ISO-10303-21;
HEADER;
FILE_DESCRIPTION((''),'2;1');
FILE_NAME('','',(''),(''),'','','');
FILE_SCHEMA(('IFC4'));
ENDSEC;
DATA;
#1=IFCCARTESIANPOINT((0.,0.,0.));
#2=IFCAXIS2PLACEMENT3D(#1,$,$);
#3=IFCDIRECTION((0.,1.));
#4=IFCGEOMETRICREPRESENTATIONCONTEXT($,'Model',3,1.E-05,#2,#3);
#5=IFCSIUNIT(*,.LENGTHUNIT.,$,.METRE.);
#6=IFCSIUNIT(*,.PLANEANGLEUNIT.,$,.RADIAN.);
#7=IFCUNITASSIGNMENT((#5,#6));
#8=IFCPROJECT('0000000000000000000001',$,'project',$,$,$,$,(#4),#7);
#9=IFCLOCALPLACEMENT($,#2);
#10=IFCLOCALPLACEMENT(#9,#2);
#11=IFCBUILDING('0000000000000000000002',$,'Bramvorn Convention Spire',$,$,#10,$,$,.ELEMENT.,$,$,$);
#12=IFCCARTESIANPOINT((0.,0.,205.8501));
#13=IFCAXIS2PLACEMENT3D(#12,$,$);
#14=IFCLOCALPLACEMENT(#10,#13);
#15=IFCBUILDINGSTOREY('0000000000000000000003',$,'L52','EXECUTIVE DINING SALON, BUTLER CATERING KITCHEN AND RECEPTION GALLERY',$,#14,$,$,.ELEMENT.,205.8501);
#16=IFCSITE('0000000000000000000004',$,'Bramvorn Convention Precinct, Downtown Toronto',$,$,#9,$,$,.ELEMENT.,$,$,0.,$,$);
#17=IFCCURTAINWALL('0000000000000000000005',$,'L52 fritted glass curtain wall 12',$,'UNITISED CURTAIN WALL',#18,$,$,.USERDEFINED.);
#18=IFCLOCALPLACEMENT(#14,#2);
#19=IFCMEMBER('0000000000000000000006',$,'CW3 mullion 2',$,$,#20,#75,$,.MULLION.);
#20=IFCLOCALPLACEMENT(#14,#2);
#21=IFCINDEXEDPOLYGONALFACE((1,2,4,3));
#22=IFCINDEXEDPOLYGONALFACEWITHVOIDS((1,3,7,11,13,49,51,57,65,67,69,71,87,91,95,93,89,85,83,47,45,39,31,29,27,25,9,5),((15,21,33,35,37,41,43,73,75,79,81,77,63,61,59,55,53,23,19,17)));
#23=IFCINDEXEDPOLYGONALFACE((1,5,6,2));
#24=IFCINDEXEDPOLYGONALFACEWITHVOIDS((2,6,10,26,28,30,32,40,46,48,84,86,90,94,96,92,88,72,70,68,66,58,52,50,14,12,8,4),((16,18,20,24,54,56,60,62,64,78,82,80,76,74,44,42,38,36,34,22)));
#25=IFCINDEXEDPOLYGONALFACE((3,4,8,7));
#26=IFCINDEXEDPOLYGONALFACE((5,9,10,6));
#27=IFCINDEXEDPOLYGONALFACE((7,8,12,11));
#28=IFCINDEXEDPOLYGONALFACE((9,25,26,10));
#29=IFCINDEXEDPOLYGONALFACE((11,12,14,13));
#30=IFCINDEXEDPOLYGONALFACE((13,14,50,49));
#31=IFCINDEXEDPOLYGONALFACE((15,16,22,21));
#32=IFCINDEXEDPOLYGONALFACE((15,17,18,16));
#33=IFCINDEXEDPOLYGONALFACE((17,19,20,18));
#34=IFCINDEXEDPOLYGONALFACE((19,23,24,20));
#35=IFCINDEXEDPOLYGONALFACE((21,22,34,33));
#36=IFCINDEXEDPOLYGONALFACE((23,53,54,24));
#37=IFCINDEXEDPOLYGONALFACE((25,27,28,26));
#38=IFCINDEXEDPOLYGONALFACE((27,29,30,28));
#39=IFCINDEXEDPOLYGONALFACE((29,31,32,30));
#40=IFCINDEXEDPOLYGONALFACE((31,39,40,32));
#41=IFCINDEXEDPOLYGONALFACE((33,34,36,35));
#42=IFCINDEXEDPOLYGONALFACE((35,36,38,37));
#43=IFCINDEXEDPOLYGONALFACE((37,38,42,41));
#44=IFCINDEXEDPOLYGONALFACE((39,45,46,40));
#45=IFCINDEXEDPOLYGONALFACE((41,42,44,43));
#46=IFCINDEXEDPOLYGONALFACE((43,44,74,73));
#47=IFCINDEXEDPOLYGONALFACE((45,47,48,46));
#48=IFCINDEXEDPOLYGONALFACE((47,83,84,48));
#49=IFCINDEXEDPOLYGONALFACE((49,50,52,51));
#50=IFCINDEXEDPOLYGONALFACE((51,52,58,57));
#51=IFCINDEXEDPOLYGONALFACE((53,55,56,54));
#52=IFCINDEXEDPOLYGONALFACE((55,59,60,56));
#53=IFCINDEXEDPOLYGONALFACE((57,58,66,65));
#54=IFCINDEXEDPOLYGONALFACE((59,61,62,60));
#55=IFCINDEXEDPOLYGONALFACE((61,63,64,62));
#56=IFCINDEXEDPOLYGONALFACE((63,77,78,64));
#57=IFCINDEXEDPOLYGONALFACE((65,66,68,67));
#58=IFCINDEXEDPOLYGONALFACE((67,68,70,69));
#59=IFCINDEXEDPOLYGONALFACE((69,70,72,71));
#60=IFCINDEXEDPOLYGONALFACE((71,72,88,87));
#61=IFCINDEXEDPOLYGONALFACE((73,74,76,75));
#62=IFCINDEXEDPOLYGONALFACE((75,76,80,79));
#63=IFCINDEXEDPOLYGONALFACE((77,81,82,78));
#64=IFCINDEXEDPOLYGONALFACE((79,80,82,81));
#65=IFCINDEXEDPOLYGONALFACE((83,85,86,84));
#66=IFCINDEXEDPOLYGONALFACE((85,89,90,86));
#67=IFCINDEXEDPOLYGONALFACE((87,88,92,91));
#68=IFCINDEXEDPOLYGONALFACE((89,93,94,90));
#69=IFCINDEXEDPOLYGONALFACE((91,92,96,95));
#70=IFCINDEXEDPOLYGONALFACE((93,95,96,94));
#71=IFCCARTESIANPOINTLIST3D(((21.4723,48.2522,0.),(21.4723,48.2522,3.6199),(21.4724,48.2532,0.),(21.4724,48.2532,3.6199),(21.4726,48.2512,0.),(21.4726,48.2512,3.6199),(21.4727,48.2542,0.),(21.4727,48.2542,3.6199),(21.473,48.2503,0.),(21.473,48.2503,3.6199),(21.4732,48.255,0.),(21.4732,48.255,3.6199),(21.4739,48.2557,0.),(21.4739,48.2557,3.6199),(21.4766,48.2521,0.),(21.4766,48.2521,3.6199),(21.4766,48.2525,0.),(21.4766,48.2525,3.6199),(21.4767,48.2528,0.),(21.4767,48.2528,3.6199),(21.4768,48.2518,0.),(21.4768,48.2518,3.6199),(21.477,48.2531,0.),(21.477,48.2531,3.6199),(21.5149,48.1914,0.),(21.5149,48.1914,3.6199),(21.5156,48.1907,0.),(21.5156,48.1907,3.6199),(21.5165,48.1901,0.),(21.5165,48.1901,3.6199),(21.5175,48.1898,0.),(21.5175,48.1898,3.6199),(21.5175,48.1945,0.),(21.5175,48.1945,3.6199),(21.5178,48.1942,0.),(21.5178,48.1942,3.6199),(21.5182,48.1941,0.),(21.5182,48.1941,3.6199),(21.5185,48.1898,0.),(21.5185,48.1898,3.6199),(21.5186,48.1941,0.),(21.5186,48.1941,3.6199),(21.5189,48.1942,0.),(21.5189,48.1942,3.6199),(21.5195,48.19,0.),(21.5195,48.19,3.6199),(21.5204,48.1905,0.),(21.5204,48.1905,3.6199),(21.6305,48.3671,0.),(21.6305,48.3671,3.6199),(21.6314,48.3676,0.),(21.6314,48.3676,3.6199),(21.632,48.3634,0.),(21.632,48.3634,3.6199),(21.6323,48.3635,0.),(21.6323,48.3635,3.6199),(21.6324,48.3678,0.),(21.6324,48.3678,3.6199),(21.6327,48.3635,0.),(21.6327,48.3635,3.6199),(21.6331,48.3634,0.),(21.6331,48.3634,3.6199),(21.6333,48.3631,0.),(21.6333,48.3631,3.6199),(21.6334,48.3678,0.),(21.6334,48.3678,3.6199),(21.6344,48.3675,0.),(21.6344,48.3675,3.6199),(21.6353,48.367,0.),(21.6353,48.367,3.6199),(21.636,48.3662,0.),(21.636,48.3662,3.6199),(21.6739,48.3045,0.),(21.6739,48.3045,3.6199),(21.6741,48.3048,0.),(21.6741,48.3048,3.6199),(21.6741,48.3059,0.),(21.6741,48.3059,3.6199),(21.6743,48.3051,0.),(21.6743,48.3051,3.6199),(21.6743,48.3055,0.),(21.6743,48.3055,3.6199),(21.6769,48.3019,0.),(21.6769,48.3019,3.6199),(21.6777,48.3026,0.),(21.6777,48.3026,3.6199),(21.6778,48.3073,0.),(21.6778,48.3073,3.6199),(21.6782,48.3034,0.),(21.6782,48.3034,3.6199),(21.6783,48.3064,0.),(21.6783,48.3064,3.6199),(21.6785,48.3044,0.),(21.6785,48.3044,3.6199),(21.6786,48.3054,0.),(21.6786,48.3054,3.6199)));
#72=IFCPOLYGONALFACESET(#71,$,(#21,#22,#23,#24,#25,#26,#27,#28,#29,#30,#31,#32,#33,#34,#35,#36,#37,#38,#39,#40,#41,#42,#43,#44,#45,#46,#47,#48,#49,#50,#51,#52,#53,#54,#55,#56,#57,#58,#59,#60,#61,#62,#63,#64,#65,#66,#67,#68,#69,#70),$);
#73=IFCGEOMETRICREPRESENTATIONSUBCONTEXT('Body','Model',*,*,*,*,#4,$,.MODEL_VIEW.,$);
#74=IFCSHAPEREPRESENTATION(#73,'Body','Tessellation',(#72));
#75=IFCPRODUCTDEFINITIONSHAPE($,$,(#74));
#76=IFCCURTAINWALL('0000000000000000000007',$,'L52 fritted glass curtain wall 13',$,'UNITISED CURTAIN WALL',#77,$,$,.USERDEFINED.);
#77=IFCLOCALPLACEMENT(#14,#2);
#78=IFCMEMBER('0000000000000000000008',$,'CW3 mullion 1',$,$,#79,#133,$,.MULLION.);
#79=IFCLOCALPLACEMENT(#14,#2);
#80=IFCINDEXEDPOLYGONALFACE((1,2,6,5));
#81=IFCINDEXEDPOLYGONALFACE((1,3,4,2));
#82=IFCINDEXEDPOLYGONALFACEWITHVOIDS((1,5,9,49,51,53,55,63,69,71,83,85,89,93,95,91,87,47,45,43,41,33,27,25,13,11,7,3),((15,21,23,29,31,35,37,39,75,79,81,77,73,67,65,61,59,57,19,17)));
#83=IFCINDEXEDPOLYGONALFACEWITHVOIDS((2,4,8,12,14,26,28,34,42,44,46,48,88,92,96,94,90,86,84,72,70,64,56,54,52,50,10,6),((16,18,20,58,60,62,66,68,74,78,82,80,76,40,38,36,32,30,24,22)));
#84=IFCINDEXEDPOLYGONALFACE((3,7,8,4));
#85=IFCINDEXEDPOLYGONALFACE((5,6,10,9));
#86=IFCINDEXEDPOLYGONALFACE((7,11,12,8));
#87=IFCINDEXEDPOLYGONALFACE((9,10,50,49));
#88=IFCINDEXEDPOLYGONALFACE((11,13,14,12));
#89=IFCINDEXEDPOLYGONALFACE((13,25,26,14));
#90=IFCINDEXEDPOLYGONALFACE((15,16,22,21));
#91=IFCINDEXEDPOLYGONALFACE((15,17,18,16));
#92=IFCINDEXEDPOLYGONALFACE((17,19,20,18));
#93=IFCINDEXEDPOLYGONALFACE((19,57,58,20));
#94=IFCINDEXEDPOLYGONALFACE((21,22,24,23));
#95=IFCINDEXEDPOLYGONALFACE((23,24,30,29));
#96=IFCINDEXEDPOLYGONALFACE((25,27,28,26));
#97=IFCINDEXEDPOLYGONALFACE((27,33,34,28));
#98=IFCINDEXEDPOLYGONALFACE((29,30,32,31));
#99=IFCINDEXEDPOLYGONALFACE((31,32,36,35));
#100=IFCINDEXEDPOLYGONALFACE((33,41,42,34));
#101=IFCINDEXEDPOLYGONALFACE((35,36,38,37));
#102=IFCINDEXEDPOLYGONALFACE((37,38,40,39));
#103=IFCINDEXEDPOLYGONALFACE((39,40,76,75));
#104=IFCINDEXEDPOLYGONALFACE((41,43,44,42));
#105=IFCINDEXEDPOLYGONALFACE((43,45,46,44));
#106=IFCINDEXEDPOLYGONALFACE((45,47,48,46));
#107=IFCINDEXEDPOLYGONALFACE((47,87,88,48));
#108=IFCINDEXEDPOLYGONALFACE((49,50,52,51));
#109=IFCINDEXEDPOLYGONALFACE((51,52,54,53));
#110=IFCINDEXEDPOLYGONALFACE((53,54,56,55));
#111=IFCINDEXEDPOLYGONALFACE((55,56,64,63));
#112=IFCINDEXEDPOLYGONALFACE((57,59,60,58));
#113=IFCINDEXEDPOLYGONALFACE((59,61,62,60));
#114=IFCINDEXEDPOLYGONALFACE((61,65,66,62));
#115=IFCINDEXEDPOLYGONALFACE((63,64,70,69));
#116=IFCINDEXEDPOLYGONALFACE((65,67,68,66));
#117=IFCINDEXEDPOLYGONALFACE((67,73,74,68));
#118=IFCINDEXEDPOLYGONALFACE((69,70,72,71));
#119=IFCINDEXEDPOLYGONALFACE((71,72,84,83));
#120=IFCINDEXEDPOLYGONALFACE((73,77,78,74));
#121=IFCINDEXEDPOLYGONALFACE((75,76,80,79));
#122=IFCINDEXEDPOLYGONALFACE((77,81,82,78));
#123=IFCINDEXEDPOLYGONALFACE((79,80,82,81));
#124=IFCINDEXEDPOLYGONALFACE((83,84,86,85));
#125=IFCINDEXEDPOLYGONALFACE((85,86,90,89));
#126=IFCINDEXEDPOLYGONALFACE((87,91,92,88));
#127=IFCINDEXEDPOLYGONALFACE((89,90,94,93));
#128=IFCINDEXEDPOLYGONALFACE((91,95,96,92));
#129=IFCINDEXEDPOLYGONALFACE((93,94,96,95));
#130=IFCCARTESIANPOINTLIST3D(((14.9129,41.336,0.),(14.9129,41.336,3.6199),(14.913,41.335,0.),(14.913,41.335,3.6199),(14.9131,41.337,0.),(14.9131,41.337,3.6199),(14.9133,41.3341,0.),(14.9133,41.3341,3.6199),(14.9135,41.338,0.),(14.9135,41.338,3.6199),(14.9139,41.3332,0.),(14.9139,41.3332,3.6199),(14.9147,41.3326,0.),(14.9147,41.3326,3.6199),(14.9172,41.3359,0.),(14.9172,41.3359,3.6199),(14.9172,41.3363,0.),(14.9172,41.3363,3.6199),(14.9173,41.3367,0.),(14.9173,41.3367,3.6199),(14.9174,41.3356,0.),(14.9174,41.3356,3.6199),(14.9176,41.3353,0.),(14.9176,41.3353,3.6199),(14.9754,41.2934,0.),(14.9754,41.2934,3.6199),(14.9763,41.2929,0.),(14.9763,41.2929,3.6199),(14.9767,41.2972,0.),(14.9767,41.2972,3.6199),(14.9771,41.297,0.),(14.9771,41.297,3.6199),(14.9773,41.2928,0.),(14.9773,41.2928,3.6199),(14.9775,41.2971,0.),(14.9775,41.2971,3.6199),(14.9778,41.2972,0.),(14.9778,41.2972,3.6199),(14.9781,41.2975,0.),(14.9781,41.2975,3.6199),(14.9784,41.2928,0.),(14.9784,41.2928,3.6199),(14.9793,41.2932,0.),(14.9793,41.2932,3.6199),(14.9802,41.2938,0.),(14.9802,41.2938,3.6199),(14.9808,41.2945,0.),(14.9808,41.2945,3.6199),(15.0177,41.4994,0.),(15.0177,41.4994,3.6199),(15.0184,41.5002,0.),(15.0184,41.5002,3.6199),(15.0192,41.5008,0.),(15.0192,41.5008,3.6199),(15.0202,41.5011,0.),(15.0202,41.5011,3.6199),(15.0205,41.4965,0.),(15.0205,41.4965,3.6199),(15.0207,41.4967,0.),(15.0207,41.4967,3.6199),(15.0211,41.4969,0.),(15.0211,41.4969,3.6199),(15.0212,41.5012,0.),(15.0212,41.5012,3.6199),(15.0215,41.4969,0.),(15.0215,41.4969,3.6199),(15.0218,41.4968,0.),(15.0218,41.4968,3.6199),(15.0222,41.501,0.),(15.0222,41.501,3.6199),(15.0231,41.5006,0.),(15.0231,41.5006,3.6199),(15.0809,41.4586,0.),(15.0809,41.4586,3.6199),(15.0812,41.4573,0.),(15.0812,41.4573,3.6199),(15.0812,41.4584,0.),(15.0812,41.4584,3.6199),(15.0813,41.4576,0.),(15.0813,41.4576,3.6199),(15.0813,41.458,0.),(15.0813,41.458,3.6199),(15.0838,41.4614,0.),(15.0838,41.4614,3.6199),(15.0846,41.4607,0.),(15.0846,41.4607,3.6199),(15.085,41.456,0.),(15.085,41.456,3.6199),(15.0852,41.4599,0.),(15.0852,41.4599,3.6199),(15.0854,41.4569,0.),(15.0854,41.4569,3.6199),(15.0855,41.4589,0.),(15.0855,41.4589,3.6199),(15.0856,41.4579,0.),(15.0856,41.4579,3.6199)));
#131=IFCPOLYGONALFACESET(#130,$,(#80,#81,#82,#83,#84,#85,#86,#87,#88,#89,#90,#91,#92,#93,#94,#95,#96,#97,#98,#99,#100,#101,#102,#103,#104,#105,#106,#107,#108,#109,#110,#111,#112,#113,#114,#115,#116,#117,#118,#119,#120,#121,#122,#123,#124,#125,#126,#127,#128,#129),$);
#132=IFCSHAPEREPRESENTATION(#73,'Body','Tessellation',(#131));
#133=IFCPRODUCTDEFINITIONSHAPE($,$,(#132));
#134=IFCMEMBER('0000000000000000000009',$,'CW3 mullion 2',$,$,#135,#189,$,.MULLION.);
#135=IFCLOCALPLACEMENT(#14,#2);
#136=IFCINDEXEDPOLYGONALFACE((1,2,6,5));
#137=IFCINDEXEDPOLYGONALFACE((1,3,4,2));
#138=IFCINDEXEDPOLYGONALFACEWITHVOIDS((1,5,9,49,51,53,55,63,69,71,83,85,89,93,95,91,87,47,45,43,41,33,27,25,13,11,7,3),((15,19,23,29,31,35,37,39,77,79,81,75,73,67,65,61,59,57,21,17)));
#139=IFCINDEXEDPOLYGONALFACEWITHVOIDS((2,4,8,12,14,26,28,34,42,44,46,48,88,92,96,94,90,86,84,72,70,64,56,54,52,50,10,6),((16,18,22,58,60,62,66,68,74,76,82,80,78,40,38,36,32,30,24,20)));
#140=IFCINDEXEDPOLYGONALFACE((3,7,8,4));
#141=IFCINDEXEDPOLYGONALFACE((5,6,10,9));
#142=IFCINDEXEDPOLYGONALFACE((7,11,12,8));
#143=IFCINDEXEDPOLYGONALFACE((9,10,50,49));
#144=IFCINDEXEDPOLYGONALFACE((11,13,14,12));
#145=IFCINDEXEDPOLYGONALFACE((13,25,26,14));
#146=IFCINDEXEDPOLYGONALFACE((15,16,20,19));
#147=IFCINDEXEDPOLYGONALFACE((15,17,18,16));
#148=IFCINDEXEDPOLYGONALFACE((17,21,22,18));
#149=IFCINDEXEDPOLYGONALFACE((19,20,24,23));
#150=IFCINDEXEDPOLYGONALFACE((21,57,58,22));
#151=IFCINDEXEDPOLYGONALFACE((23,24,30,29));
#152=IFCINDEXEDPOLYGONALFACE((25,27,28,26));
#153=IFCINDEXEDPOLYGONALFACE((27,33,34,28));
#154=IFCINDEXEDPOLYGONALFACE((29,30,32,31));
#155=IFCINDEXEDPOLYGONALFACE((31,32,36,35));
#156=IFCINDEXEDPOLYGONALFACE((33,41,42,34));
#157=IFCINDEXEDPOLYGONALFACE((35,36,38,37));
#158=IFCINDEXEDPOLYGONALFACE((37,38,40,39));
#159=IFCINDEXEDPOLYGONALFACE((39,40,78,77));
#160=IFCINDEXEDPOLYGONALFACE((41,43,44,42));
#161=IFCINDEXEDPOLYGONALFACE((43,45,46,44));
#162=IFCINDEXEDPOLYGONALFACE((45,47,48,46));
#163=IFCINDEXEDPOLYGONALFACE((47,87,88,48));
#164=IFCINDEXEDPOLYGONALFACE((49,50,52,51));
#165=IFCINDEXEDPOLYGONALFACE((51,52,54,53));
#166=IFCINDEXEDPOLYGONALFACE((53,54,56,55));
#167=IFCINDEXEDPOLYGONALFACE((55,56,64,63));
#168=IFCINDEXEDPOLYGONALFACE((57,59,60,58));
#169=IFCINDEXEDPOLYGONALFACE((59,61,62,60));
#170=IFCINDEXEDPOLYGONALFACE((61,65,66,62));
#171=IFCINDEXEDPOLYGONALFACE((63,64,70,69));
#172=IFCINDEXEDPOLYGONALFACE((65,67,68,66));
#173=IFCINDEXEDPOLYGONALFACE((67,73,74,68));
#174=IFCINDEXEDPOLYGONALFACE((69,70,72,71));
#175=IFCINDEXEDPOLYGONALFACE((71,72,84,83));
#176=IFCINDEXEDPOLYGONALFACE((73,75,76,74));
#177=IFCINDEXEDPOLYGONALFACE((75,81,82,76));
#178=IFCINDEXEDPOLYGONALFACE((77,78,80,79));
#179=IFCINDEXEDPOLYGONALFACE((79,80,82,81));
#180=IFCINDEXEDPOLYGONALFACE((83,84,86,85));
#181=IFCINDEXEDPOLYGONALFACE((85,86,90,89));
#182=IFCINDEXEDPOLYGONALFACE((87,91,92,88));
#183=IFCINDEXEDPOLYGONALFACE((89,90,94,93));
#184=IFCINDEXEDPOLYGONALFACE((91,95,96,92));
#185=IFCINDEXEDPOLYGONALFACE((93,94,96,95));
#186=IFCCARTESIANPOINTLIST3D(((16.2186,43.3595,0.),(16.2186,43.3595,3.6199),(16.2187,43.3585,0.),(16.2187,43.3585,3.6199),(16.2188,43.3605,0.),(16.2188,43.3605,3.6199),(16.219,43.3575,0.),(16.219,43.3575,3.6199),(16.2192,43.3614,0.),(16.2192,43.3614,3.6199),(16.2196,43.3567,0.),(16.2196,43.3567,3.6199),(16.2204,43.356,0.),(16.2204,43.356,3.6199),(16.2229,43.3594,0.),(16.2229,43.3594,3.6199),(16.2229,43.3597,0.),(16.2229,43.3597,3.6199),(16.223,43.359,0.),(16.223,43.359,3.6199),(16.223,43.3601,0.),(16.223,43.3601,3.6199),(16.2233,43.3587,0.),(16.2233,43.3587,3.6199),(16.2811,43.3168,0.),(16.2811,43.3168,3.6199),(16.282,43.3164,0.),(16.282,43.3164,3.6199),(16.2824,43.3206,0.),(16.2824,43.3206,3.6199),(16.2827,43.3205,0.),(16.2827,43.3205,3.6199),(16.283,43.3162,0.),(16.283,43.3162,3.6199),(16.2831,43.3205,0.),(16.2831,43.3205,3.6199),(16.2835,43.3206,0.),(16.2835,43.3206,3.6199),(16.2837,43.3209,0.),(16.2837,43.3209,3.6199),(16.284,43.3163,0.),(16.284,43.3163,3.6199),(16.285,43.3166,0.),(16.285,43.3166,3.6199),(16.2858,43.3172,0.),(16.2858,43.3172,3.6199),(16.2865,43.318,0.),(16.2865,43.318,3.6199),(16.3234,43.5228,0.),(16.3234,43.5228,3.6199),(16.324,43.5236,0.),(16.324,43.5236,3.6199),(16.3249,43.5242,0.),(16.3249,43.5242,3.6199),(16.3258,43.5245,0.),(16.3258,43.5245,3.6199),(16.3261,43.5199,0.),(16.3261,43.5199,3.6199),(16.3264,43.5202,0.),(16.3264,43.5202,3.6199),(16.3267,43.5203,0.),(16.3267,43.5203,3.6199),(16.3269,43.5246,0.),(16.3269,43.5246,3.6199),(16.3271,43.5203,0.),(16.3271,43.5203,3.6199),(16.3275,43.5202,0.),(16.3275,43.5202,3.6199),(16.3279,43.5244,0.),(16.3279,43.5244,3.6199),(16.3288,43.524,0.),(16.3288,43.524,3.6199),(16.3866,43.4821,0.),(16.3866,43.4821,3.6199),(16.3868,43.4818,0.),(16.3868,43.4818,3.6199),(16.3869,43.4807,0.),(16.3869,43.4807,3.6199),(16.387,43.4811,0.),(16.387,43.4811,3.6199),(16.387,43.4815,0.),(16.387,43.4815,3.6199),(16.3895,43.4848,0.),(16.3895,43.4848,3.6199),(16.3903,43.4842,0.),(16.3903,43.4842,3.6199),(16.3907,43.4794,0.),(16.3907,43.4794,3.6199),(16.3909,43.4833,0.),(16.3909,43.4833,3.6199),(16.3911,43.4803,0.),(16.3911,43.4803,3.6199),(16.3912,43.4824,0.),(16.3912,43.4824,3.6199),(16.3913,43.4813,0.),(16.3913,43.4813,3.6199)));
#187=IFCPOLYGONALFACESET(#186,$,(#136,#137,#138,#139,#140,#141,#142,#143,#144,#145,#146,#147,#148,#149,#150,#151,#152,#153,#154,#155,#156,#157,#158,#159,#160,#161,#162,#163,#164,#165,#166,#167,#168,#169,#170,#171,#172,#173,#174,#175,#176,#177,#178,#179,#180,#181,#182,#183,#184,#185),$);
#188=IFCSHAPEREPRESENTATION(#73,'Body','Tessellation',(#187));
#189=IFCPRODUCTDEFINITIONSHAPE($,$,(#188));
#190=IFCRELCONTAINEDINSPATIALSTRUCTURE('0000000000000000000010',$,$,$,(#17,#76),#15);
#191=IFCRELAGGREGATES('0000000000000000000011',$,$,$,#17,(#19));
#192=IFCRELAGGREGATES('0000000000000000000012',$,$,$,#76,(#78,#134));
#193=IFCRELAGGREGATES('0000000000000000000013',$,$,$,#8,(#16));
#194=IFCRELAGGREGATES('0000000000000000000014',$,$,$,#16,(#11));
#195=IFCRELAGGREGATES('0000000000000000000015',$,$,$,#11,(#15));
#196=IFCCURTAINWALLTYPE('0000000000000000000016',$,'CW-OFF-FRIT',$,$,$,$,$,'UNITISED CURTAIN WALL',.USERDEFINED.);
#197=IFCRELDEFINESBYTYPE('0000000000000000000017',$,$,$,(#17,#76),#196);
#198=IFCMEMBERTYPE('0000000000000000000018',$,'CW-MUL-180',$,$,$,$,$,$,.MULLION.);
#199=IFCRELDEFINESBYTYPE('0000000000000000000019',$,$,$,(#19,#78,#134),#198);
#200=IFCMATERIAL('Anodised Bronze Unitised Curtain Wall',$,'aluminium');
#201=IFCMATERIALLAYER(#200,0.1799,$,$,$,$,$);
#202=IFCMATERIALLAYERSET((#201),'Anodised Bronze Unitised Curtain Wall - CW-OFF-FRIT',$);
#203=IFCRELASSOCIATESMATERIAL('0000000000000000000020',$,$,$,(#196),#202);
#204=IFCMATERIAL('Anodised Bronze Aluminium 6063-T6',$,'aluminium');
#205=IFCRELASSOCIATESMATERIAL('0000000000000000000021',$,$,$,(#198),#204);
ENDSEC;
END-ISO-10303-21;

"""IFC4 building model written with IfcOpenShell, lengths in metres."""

from ifc_helpers import new_model, si_unit, direction, frame, origin, origin_2d, place, context, subcontext, project, spatial, hollow_rectangle, extrude, material, layer, layer_set, material_profile, profile_set, type_object, element, aggregate, save


model = new_model("IFC4")

# Units and contexts
model_context = context("Model", 3, precision=1e-05, world=origin(), true_north=direction((0.0, 1.0)))
body_context = subcontext(model_context, "Body", "Model", "MODEL_VIEW")
ifc_project = project(units=[si_unit("LENGTHUNIT", "METRE"), si_unit("PLANEANGLEUNIT", "RADIAN")], contexts=[model_context])

# Site, building, storey
site_placement = place(None, origin())
site = spatial("IfcSite", under=ifc_project, at=site_placement, Name="Bramvorn Convention Precinct, Downtown Toronto", CompositionType="ELEMENT", RefElevation=0.0)
building_placement = place(site_placement, origin())
building = spatial("IfcBuilding", under=site, at=building_placement, Name="Bramvorn Convention Spire", CompositionType="ELEMENT")
storey_placement = place(building_placement, frame((0.0, 0.0, 205.8501)))
storey = spatial("IfcBuildingStorey", under=building, at=storey_placement, Name="L52", Description="EXECUTIVE DINING SALON, BUTLER CATERING KITCHEN AND RECEPTION GALLERY", CompositionType="ELEMENT", Elevation=205.8501)

# Curtain walls, members
ifc_material_1 = material(Name="Anodised Bronze Unitised Curtain Wall", Category="aluminium")
ifc_layer_1 = layer(ifc_material_1, 0.1799)
ifc_layer_set_1 = layer_set([ifc_layer_1], Name="Anodised Bronze Unitised Curtain Wall - CW-OFF-FRIT")
curtain_wall_type = type_object("IfcCurtainWallType", Name="CW-OFF-FRIT", ElementType="UNITISED CURTAIN WALL", PredefinedType="USERDEFINED", material=ifc_layer_set_1)
curtain_wall_1_placement = place(storey_placement, origin())
curtain_wall_1 = element("IfcCurtainWall", 1, at=curtain_wall_1_placement, inside=storey, type_object=curtain_wall_type, Name="L52 fritted glass curtain wall 12", ObjectType="UNITISED CURTAIN WALL", PredefinedType="USERDEFINED")
ifc_material_2 = material(Name="Anodised Bronze Aluminium 6063-T6", Category="aluminium")
ifc_material_profile_1 = material_profile(ifc_material_2, hollow_rectangle(XDim=0.0801, YDim=0.2, WallThickness=0.0039, InnerFilletRadius=0.001, OuterFilletRadius=0.0039, at=origin_2d()))
ifc_profile_set_1 = profile_set([ifc_material_profile_1], Name="Anodised Bronze Aluminium 6063-T6 - CWM80X200")
member_type_1 = type_object("IfcMemberType", Name="CW-MUL-180", PredefinedType="MULLION", material=ifc_profile_set_1)
member_1_placement = place(storey_placement, frame((21.5754, 48.2788, 0.0), z_axis=(0.0, 0.0, 1.0), x_axis=(-0.579744, 0.814799, 0.0)))
member_1 = element("IfcMember", 2, at=member_1_placement, type_object=member_type_1, Name="CW3 mullion 2", PredefinedType="MULLION", context=body_context, shape_type="SweptSolid", body=[
    extrude(hollow_rectangle(XDim=0.0801, YDim=0.2, WallThickness=0.0039, InnerFilletRadius=0.001, OuterFilletRadius=0.0039, at=origin_2d()), origin(), (0.0, 0.0, 1.0), 3.6199),
])
curtain_wall_2_placement = place(storey_placement, origin())
curtain_wall_2 = element("IfcCurtainWall", 3, at=curtain_wall_2_placement, inside=storey, type_object=curtain_wall_type, Name="L52 fritted glass curtain wall 13", ObjectType="UNITISED CURTAIN WALL", PredefinedType="USERDEFINED")
member_2_placement = place(storey_placement, frame((14.9993, 41.397, 0.0), z_axis=(0.0, 0.0, 1.0), x_axis=(-0.840258, 0.542187, 0.0)))
member_2 = element("IfcMember", 4, at=member_2_placement, type_object=member_type_1, Name="CW3 mullion 1", PredefinedType="MULLION", context=body_context, shape_type="SweptSolid", body=[
    extrude(hollow_rectangle(XDim=0.0801, YDim=0.2, WallThickness=0.0039, InnerFilletRadius=0.001, OuterFilletRadius=0.0039, at=origin_2d()), origin(), (0.0, 0.0, 1.0), 3.6199),
])
member_3_placement = place(storey_placement, frame((16.3049, 43.4204, 0.0), z_axis=(0.0, 0.0, 1.0), x_axis=(-0.840258, 0.542187, 0.0)))
member_3 = element("IfcMember", 5, at=member_3_placement, type_object=member_type_1, Name="CW3 mullion 2", PredefinedType="MULLION", context=body_context, shape_type="SweptSolid", body=[
    extrude(hollow_rectangle(XDim=0.0801, YDim=0.2, WallThickness=0.0039, InnerFilletRadius=0.001, OuterFilletRadius=0.0039, at=origin_2d()), origin(), (0.0, 0.0, 1.0), 3.6199),
])

aggregate(curtain_wall_1, [member_1])
aggregate(curtain_wall_2, [member_2, member_3])

save(model, "model.ifc")
